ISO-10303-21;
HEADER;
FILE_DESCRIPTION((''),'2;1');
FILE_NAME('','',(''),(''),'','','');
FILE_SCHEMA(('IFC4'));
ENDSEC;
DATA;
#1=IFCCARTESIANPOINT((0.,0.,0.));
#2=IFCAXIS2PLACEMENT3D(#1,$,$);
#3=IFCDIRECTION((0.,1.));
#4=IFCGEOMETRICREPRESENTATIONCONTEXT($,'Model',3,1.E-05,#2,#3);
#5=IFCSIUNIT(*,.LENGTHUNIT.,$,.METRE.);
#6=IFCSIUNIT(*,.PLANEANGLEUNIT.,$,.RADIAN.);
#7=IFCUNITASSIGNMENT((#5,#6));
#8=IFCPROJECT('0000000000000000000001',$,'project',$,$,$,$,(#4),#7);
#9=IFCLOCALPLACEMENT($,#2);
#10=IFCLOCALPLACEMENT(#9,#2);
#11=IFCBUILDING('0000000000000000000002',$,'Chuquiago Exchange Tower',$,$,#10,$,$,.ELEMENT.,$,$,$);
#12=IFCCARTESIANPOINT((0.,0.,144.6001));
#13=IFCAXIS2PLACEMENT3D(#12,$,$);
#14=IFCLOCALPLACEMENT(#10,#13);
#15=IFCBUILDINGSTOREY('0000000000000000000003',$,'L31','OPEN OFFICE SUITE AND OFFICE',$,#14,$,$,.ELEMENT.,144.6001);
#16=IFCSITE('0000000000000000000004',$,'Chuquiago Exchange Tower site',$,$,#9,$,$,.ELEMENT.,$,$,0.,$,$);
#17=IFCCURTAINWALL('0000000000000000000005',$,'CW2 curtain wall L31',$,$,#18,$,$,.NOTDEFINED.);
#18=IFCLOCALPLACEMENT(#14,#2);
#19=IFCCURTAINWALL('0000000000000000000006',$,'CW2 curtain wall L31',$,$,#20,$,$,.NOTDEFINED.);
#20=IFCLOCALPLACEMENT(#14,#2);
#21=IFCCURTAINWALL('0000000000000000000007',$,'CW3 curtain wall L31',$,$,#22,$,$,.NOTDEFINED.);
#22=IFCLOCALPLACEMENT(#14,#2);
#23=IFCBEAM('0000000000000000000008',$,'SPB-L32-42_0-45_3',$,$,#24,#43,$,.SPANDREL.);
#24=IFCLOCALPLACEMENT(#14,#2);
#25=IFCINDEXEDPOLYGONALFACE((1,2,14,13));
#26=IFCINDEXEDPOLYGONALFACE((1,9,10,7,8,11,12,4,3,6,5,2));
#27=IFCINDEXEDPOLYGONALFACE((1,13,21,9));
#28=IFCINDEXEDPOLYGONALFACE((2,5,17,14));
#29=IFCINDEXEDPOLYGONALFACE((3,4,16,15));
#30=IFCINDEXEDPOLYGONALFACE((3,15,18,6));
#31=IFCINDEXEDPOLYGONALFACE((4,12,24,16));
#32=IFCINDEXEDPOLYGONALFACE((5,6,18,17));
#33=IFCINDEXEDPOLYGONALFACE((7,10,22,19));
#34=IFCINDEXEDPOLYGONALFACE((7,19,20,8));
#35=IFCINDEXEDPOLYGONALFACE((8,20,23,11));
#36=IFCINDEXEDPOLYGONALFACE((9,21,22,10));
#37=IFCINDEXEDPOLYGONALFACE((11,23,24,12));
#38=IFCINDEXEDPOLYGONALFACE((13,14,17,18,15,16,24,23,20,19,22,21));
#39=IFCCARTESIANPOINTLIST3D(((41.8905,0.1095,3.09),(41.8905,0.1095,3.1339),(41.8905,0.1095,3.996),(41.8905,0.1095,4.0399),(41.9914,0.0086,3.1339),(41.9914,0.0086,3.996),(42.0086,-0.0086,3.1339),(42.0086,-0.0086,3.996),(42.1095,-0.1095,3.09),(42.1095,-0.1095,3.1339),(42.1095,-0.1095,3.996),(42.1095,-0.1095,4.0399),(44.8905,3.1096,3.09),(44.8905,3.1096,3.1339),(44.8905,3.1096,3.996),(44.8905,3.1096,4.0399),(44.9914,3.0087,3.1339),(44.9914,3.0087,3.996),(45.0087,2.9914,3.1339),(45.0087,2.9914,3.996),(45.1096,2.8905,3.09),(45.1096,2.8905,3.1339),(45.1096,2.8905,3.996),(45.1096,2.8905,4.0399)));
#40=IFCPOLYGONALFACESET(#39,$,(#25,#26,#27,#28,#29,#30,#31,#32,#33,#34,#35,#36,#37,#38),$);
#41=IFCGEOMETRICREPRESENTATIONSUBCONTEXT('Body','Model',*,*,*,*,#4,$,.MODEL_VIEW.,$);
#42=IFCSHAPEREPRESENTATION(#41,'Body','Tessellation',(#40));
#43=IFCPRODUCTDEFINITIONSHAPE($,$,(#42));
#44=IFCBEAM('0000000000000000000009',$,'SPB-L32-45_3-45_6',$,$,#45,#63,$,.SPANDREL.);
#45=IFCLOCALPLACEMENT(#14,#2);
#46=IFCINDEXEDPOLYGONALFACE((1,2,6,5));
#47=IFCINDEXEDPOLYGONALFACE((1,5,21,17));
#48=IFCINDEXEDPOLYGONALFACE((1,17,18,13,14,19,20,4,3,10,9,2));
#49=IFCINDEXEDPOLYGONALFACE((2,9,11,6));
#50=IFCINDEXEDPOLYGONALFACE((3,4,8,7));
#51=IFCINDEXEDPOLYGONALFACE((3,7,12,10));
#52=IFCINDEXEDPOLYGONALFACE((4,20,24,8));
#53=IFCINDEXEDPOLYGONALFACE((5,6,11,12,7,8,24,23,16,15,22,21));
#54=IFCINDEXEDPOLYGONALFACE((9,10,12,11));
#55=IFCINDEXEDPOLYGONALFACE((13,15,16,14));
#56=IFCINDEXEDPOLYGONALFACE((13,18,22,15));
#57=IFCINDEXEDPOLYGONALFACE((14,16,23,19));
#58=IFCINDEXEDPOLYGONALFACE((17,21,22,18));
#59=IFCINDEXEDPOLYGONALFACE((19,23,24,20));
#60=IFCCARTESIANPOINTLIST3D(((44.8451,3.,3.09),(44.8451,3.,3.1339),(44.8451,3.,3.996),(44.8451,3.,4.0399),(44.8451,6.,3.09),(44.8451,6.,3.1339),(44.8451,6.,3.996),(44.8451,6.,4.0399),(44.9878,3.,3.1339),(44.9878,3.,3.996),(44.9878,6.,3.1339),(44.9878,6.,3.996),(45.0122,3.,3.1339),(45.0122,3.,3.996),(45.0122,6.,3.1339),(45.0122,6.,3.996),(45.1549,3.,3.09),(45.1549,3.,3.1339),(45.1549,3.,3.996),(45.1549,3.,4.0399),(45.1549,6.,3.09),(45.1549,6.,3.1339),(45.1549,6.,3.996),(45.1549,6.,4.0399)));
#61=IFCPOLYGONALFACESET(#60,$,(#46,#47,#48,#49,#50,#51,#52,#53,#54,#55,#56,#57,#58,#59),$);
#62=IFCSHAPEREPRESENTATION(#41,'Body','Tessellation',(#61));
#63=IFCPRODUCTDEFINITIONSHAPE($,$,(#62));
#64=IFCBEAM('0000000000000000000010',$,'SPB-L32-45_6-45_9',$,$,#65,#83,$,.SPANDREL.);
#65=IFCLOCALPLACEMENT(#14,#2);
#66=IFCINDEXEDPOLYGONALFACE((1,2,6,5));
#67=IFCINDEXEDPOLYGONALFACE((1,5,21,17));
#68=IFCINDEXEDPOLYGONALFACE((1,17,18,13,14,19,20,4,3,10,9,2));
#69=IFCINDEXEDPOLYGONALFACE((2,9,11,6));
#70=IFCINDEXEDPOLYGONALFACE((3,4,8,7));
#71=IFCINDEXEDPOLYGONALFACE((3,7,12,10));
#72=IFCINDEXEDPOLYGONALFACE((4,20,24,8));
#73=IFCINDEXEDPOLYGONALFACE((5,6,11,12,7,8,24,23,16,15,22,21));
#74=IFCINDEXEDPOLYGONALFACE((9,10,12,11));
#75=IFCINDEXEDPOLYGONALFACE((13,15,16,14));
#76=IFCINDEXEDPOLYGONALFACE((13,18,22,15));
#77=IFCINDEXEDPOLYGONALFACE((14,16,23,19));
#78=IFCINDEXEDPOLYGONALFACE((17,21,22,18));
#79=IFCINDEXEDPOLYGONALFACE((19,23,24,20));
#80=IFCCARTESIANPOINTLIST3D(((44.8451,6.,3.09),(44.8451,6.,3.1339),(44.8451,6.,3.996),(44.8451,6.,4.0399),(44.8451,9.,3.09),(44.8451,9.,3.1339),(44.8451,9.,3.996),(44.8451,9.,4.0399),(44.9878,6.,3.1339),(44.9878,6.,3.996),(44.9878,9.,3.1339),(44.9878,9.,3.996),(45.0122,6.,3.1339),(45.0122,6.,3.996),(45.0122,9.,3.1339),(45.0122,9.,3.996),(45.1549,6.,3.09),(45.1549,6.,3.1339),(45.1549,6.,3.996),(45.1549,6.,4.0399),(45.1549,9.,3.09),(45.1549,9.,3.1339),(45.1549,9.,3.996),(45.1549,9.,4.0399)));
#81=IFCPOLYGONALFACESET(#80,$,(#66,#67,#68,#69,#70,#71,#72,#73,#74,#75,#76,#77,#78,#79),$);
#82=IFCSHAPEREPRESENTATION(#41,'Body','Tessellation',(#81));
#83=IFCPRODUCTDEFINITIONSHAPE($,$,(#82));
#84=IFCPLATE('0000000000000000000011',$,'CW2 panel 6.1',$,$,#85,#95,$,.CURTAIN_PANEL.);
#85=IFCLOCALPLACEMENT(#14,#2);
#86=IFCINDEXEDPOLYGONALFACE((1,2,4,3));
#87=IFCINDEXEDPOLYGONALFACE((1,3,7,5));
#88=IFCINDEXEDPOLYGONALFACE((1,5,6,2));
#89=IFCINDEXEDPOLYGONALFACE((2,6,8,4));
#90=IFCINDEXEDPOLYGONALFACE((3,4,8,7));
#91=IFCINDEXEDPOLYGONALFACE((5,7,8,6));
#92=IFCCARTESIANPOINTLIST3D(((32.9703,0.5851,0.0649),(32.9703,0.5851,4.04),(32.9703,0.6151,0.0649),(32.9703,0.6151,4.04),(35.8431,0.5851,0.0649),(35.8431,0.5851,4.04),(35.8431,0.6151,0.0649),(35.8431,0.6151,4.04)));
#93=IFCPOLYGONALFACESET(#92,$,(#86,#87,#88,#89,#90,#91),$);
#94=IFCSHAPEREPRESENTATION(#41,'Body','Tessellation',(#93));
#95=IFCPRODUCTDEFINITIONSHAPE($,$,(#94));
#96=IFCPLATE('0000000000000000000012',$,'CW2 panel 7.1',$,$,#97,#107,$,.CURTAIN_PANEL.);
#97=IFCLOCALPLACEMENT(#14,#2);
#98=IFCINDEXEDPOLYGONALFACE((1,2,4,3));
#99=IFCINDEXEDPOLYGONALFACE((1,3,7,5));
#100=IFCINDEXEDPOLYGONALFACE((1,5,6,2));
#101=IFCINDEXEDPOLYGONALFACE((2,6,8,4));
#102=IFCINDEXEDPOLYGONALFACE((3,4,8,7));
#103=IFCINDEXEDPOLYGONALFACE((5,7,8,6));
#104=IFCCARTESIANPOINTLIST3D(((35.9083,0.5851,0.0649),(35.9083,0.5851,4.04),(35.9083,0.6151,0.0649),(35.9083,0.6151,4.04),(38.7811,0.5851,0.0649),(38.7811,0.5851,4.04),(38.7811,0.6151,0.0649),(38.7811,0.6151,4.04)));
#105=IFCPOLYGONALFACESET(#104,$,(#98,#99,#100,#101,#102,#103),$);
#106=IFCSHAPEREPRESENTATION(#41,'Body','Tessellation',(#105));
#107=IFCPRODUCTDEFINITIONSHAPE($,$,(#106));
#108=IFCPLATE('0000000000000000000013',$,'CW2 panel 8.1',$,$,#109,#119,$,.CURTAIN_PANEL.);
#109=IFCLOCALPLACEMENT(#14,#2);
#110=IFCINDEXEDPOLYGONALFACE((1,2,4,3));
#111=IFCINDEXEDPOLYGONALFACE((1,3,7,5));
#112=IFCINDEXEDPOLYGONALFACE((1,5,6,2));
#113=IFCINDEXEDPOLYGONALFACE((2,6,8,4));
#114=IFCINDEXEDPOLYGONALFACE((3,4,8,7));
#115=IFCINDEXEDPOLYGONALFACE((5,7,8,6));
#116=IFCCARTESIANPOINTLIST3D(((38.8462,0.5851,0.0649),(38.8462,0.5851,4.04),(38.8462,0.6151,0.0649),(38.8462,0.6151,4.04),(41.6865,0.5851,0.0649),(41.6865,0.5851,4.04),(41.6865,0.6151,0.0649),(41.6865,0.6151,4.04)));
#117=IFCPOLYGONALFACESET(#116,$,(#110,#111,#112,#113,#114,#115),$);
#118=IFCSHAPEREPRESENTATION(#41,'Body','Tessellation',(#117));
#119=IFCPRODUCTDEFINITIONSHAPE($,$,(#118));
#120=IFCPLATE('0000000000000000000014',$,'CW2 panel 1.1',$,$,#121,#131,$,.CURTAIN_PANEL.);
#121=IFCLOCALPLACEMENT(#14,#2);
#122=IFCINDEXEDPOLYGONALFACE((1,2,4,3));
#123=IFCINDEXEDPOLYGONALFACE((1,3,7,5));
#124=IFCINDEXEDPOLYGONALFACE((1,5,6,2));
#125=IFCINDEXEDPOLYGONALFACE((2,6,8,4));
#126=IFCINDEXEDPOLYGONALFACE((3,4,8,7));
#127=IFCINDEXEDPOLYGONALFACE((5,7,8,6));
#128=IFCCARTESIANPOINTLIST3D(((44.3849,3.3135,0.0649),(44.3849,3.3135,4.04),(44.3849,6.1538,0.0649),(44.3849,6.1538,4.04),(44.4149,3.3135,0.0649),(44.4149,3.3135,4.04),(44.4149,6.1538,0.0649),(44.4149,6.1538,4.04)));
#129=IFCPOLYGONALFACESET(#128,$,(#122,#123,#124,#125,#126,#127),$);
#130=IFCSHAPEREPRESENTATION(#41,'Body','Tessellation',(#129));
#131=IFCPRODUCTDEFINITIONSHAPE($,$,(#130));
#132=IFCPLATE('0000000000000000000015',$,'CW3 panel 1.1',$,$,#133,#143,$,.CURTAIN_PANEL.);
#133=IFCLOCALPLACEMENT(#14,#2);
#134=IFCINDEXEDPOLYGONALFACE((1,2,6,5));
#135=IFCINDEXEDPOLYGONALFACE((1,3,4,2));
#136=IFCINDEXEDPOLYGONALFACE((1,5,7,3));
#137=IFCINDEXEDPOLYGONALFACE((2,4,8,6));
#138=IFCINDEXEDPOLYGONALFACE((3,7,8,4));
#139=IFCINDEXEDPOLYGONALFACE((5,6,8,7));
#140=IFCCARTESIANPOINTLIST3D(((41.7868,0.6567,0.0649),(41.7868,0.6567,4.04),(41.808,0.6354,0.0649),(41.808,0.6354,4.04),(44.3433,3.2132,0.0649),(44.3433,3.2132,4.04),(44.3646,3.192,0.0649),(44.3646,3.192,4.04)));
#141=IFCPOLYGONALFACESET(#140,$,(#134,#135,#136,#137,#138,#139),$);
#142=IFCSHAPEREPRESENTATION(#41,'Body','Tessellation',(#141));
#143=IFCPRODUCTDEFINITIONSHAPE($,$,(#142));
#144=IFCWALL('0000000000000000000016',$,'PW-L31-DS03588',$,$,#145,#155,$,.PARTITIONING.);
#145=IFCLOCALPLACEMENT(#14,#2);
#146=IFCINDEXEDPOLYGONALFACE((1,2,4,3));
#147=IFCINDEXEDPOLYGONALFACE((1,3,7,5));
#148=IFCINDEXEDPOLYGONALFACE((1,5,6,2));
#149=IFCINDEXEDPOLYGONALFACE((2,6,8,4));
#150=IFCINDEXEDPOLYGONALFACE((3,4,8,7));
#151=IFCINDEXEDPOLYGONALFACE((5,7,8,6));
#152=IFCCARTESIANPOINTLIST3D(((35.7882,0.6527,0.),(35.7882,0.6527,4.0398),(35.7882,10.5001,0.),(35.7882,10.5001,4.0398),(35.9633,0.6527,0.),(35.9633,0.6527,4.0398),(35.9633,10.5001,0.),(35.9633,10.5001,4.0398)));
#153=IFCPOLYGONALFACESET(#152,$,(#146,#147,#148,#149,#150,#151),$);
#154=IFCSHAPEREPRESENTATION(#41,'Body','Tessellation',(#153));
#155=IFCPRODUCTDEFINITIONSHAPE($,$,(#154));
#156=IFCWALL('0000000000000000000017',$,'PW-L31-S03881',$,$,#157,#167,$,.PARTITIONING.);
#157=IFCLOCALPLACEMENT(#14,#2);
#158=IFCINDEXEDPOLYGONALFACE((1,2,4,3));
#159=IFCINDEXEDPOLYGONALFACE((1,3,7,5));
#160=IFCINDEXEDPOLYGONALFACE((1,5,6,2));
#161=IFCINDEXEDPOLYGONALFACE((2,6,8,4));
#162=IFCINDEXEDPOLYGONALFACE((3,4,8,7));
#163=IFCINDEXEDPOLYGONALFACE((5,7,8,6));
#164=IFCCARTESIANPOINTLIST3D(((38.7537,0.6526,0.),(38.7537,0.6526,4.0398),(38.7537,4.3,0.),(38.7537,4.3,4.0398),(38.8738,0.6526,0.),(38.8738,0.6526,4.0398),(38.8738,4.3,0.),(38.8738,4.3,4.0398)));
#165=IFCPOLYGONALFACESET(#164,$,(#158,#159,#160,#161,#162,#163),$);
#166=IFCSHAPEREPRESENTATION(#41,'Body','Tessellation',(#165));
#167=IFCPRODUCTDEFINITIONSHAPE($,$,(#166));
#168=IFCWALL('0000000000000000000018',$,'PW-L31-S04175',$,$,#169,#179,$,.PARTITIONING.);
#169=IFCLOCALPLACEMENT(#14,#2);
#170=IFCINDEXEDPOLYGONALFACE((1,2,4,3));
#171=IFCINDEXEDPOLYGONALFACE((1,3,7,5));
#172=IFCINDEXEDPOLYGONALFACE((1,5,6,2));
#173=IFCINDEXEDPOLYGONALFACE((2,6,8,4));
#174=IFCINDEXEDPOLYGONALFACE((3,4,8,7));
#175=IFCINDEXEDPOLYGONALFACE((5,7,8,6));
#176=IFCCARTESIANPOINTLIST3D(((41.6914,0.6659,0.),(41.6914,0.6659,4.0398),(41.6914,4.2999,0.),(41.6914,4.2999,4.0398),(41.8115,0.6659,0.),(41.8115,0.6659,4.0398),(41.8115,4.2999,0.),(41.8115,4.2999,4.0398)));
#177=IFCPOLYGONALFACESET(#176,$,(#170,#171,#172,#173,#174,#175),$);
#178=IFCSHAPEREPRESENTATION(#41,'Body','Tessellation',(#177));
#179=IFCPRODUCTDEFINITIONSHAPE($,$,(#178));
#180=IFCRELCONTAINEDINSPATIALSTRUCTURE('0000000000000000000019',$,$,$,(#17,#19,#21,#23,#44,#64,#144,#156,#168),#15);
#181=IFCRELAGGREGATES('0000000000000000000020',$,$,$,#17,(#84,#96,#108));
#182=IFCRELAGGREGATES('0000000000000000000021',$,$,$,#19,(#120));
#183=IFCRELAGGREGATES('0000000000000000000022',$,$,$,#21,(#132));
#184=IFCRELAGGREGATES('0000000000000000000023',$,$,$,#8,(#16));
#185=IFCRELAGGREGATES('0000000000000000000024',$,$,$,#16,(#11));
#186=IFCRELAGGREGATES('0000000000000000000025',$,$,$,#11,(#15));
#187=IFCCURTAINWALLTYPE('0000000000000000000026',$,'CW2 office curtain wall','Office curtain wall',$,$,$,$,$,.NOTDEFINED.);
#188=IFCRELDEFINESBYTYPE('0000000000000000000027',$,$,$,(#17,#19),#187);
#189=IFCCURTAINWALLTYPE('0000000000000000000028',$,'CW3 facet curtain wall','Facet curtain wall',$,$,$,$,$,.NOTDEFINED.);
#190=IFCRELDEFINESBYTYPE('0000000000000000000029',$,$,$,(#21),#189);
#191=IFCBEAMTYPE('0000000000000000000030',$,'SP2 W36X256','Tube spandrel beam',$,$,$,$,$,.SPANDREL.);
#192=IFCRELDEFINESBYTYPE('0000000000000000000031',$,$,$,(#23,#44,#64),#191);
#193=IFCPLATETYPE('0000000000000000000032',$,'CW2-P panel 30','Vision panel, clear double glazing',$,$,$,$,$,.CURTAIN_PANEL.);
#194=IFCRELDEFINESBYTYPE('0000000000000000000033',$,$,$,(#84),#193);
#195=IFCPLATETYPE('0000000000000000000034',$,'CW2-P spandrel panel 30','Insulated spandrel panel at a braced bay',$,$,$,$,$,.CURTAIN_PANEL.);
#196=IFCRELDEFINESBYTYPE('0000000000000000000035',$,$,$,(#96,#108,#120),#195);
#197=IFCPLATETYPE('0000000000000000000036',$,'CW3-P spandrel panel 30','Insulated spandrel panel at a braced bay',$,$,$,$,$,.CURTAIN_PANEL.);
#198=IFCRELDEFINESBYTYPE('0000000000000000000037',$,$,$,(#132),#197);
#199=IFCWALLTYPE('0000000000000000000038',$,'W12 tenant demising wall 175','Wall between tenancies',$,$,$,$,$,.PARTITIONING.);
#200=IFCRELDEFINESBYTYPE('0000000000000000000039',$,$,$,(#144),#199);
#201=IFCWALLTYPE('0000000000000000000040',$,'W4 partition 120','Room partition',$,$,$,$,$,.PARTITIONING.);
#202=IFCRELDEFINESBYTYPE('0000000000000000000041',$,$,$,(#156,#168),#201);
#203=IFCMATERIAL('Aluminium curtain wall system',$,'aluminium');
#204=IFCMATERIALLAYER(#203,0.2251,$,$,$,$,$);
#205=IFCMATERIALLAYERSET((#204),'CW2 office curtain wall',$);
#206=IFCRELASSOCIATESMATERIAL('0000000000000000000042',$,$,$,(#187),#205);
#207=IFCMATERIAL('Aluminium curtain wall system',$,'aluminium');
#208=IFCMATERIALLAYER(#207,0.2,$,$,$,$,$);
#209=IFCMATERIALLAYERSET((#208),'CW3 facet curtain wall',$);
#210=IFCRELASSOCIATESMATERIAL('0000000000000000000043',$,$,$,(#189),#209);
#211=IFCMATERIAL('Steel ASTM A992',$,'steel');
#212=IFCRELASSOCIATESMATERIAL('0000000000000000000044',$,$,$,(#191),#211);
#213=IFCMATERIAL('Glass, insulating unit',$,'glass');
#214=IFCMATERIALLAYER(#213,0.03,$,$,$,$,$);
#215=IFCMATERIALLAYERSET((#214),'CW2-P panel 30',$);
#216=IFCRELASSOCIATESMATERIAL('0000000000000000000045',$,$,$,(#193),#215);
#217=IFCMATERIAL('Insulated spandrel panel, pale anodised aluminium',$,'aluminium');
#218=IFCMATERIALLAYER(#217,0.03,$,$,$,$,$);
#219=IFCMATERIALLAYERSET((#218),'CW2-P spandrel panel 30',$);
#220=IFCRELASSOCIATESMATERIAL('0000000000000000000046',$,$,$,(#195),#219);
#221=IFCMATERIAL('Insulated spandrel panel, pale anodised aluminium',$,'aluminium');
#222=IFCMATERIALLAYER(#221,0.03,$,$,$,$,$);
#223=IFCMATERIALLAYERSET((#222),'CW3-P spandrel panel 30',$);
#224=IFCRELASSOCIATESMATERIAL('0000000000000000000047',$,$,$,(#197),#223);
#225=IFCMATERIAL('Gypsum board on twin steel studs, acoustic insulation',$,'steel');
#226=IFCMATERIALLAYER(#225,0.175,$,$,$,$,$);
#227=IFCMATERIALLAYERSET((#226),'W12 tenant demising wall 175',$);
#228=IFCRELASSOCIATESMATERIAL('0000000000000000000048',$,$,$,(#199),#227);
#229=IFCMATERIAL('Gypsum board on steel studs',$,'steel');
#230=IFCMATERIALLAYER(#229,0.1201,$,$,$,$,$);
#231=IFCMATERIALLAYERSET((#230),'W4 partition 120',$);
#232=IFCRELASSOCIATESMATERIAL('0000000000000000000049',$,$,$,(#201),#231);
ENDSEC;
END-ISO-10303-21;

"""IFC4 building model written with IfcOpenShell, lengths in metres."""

from ifc_helpers import new_model, si_unit, direction, frame, frame_2d, origin, origin_2d, place, context, subcontext, project, spatial, rectangle, i_section, extrude, material, layer, layer_set, material_profile, profile_set, type_object, element, aggregate, save


model = new_model("IFC4")

# Units and contexts
model_context = context("Model", 3, precision=1e-05, world=origin(), true_north=direction((0.0, 1.0)))
body_context = subcontext(model_context, "Body", "Model", "MODEL_VIEW")
ifc_project = project(units=[si_unit("LENGTHUNIT", "METRE"), si_unit("PLANEANGLEUNIT", "RADIAN")], contexts=[model_context])

# Site, building, storey
site_placement = place(None, origin())
site = spatial("IfcSite", under=ifc_project, at=site_placement, Name="Chuquiago Exchange Tower site", CompositionType="ELEMENT", RefElevation=0.0)
building_placement = place(site_placement, origin())
building = spatial("IfcBuilding", under=site, at=building_placement, Name="Chuquiago Exchange Tower", CompositionType="ELEMENT")
storey_placement = place(building_placement, frame((0.0, 0.0, 144.6001)))
storey = spatial("IfcBuildingStorey", under=building, at=storey_placement, Name="L31", Description="OPEN OFFICE SUITE AND OFFICE", CompositionType="ELEMENT", Elevation=144.6001)

# Curtain walls
ifc_material_1 = material(Name="Aluminium curtain wall system", Category="aluminium")
ifc_layer_1 = layer(ifc_material_1, 0.2251)
ifc_layer_set_1 = layer_set([ifc_layer_1], Name="CW2 office curtain wall")
curtain_wall_type_1 = type_object("IfcCurtainWallType", Name="CW2 office curtain wall", Description="Office curtain wall", PredefinedType="NOTDEFINED", material=ifc_layer_set_1)
curtain_wall_1_placement = place(storey_placement, origin())
curtain_wall_1 = element("IfcCurtainWall", 1, at=curtain_wall_1_placement, inside=storey, type_object=curtain_wall_type_1, Name="CW2 curtain wall L31", PredefinedType="NOTDEFINED")
curtain_wall_2_placement = place(storey_placement, origin())
curtain_wall_2 = element("IfcCurtainWall", 2, at=curtain_wall_2_placement, inside=storey, type_object=curtain_wall_type_1, Name="CW2 curtain wall L31", PredefinedType="NOTDEFINED")

# Curtain wall
ifc_material_2 = material(Name="Aluminium curtain wall system", Category="aluminium")
ifc_layer_2 = layer(ifc_material_2, 0.2)
ifc_layer_set_2 = layer_set([ifc_layer_2], Name="CW3 facet curtain wall")
curtain_wall_type_2 = type_object("IfcCurtainWallType", Name="CW3 facet curtain wall", Description="Facet curtain wall", PredefinedType="NOTDEFINED", material=ifc_layer_set_2)
curtain_wall_3_placement = place(storey_placement, origin())
curtain_wall_3 = element("IfcCurtainWall", 3, at=curtain_wall_3_placement, inside=storey, type_object=curtain_wall_type_2, Name="CW3 curtain wall L31", PredefinedType="NOTDEFINED")

# Beams
ifc_material_3 = material(Name="Steel ASTM A992", Category="steel")
ifc_material_profile_1 = material_profile(ifc_material_3, i_section(OverallWidth=0.3098, OverallDepth=0.95, WebThickness=0.0244, FlangeThickness=0.0439, at=origin_2d()), Name="W36X256")
ifc_profile_set_1 = profile_set([ifc_material_profile_1], Name="Steel ASTM A992")
beam_type = type_object("IfcBeamType", Name="SP2 W36X256", Description="Tube spandrel beam", PredefinedType="SPANDREL", material=ifc_profile_set_1)
beam_placement = place(storey_placement, frame((42.0, 0.0, 3.5649), z_axis=(0.707107, 0.707107, 0.0), x_axis=(-0.707107, 0.707107, 0.0)))
element("IfcBeam", 4, at=beam_placement, inside=storey, type_object=beam_type, Name="SPB-L32-42_0-45_3", PredefinedType="SPANDREL", context=body_context, shape_type="SweptSolid", body=[
    extrude(i_section(OverallWidth=0.3098, OverallDepth=0.95, WebThickness=0.0244, FlangeThickness=0.0439, at=origin_2d()), origin(), (0.0, 0.0, 1.0), 4.2427),
])
for number, where, z_axis, x_axis, name in (
    (5, (45.0, 3.0, 3.5649), (0.0, 1.0, 0.0), (-1.0, 0.0, 0.0), "SPB-L32-45_3-45_6"),
    (6, (45.0, 6.0, 3.5649), (0.0, 1.0, 0.0), (-1.0, 0.0, 0.0), "SPB-L32-45_6-45_9"),
):
    element("IfcBeam", number, at=place(storey_placement, frame(where, z_axis=z_axis, x_axis=x_axis)), inside=storey, type_object=beam_type, Name=name, PredefinedType="SPANDREL", context=body_context, shape_type="SweptSolid", body=[
        extrude(i_section(OverallWidth=0.3098, OverallDepth=0.95, WebThickness=0.0244, FlangeThickness=0.0439, at=origin_2d()), origin(), (0.0, 0.0, 1.0), 3.0),
    ])

# Plates
ifc_material_4 = material(Name="Glass, insulating unit", Category="glass")
ifc_layer_3 = layer(ifc_material_4, 0.03)
ifc_layer_set_3 = layer_set([ifc_layer_3], Name="CW2-P panel 30")
plate_type_1 = type_object("IfcPlateType", Name="CW2-P panel 30", Description="Vision panel, clear double glazing", PredefinedType="CURTAIN_PANEL", material=ifc_layer_set_3)
plate_1_placement = place(storey_placement, frame((34.4067, 0.6001, 0.0649), z_axis=(0.0, 0.0, 1.0), x_axis=(1.0, 0.0, 0.0)))
plate_1 = element("IfcPlate", 7, at=plate_1_placement, type_object=plate_type_1, Name="CW2 panel 6.1", PredefinedType="CURTAIN_PANEL", context=body_context, shape_type="SweptSolid", body=[
    extrude(rectangle(XDim=2.8728, YDim=0.03, at=origin_2d()), origin(), (0.0, 0.0, 1.0), 3.9751),
])
ifc_material_5 = material(Name="Insulated spandrel panel, pale anodised aluminium", Category="aluminium")
ifc_layer_4 = layer(ifc_material_5, 0.03)
ifc_layer_set_4 = layer_set([ifc_layer_4], Name="CW2-P spandrel panel 30")
plate_type_2 = type_object("IfcPlateType", Name="CW2-P spandrel panel 30", Description="Insulated spandrel panel at a braced bay", PredefinedType="CURTAIN_PANEL", material=ifc_layer_set_4)
plate_2_placement = place(storey_placement, frame((37.3447, 0.6001, 0.0649), z_axis=(0.0, 0.0, 1.0), x_axis=(1.0, 0.0, 0.0)))
plate_2 = element("IfcPlate", 8, at=plate_2_placement, type_object=plate_type_2, Name="CW2 panel 7.1", PredefinedType="CURTAIN_PANEL", context=body_context, shape_type="SweptSolid", body=[
    extrude(rectangle(XDim=2.8728, YDim=0.03, at=origin_2d()), origin(), (0.0, 0.0, 1.0), 3.9751),
])
plate_3_placement = place(storey_placement, frame((40.2664, 0.6001, 0.0649), z_axis=(0.0, 0.0, 1.0), x_axis=(1.0, 0.0, 0.0)))
plate_3 = element("IfcPlate", 9, at=plate_3_placement, type_object=plate_type_2, Name="CW2 panel 8.1", PredefinedType="CURTAIN_PANEL", context=body_context, shape_type="SweptSolid", body=[
    extrude(rectangle(XDim=2.8403, YDim=0.03, at=origin_2d()), origin(), (0.0, 0.0, 1.0), 3.9751),
])
aggregate(curtain_wall_1, [plate_1, plate_2, plate_3])
plate_4_placement = place(storey_placement, frame((44.3999, 4.7336, 0.0649), z_axis=(0.0, 0.0, 1.0), x_axis=(0.0, 1.0, 0.0)))
plate_4 = element("IfcPlate", 10, at=plate_4_placement, type_object=plate_type_2, Name="CW2 panel 1.1", PredefinedType="CURTAIN_PANEL", context=body_context, shape_type="SweptSolid", body=[
    extrude(rectangle(XDim=2.8403, YDim=0.03, at=origin_2d()), origin(), (0.0, 0.0, 1.0), 3.9751),
])
aggregate(curtain_wall_2, [plate_4])
ifc_material_6 = material(Name="Insulated spandrel panel, pale anodised aluminium", Category="aluminium")
ifc_layer_5 = layer(ifc_material_6, 0.03)
ifc_layer_set_5 = layer_set([ifc_layer_5], Name="CW3-P spandrel panel 30")
plate_type_3 = type_object("IfcPlateType", Name="CW3-P spandrel panel 30", Description="Insulated spandrel panel at a braced bay", PredefinedType="CURTAIN_PANEL", material=ifc_layer_set_5)
plate_5_placement = place(storey_placement, frame((43.0757, 1.9243, 0.0649), z_axis=(0.0, 0.0, 1.0), x_axis=(0.707107, 0.707107, 0.0)))
plate_5 = element("IfcPlate", 11, at=plate_5_placement, type_object=plate_type_3, Name="CW3 panel 1.1", PredefinedType="CURTAIN_PANEL", context=body_context, shape_type="SweptSolid", body=[
    extrude(rectangle(XDim=3.6155, YDim=0.03, at=origin_2d()), origin(), (0.0, 0.0, 1.0), 3.9751),
])
aggregate(curtain_wall_3, [plate_5])

# Walls
ifc_material_7 = material(Name="Gypsum board on twin steel studs, acoustic insulation", Category="steel")
ifc_layer_6 = layer(ifc_material_7, 0.175)
ifc_layer_set_6 = layer_set([ifc_layer_6], Name="W12 tenant demising wall 175")
wall_type_1 = type_object("IfcWallType", Name="W12 tenant demising wall 175", Description="Wall between tenancies", PredefinedType="PARTITIONING", material=ifc_layer_set_6)
wall_1_placement = place(storey_placement, frame((35.8757, 0.6526, 0.0), z_axis=(0.0, 0.0, 1.0), x_axis=(0.0, 1.0, 0.0)))
element("IfcWall", 12, at=wall_1_placement, inside=storey, type_object=wall_type_1, Name="PW-L31-DS03588", PredefinedType="PARTITIONING", context=body_context, shape_type="SweptSolid", body=[
    extrude(rectangle(XDim=9.8474, YDim=0.175, at=frame_2d((4.9238, 0.0))), origin(), (0.0, 0.0, 1.0), 4.0398),
])
ifc_material_8 = material(Name="Gypsum board on steel studs", Category="steel")
ifc_layer_7 = layer(ifc_material_8, 0.1201)
ifc_layer_set_7 = layer_set([ifc_layer_7], Name="W4 partition 120")
wall_type_2 = type_object("IfcWallType", Name="W4 partition 120", Description="Room partition", PredefinedType="PARTITIONING", material=ifc_layer_set_7)
wall_2_placement = place(storey_placement, frame((38.8137, 0.6526, 0.0), z_axis=(0.0, 0.0, 1.0), x_axis=(0.0, 1.0, 0.0)))
element("IfcWall", 13, at=wall_2_placement, inside=storey, type_object=wall_type_2, Name="PW-L31-S03881", PredefinedType="PARTITIONING", context=body_context, shape_type="SweptSolid", body=[
    extrude(rectangle(XDim=3.6475, YDim=0.1201, at=frame_2d((1.8237, 0.0))), origin(), (0.0, 0.0, 1.0), 4.0398),
])
wall_3_placement = place(storey_placement, frame((41.7515, 0.666, 0.0), z_axis=(0.0, 0.0, 1.0), x_axis=(0.0, 1.0, 0.0)))
element("IfcWall", 14, at=wall_3_placement, inside=storey, type_object=wall_type_2, Name="PW-L31-S04175", PredefinedType="PARTITIONING", context=body_context, shape_type="SweptSolid", body=[
    extrude(rectangle(XDim=3.634, YDim=0.1201, at=frame_2d((1.8169, 0.0))), origin(), (0.0, 0.0, 1.0), 4.0398),
])

save(model, "model.ifc")
